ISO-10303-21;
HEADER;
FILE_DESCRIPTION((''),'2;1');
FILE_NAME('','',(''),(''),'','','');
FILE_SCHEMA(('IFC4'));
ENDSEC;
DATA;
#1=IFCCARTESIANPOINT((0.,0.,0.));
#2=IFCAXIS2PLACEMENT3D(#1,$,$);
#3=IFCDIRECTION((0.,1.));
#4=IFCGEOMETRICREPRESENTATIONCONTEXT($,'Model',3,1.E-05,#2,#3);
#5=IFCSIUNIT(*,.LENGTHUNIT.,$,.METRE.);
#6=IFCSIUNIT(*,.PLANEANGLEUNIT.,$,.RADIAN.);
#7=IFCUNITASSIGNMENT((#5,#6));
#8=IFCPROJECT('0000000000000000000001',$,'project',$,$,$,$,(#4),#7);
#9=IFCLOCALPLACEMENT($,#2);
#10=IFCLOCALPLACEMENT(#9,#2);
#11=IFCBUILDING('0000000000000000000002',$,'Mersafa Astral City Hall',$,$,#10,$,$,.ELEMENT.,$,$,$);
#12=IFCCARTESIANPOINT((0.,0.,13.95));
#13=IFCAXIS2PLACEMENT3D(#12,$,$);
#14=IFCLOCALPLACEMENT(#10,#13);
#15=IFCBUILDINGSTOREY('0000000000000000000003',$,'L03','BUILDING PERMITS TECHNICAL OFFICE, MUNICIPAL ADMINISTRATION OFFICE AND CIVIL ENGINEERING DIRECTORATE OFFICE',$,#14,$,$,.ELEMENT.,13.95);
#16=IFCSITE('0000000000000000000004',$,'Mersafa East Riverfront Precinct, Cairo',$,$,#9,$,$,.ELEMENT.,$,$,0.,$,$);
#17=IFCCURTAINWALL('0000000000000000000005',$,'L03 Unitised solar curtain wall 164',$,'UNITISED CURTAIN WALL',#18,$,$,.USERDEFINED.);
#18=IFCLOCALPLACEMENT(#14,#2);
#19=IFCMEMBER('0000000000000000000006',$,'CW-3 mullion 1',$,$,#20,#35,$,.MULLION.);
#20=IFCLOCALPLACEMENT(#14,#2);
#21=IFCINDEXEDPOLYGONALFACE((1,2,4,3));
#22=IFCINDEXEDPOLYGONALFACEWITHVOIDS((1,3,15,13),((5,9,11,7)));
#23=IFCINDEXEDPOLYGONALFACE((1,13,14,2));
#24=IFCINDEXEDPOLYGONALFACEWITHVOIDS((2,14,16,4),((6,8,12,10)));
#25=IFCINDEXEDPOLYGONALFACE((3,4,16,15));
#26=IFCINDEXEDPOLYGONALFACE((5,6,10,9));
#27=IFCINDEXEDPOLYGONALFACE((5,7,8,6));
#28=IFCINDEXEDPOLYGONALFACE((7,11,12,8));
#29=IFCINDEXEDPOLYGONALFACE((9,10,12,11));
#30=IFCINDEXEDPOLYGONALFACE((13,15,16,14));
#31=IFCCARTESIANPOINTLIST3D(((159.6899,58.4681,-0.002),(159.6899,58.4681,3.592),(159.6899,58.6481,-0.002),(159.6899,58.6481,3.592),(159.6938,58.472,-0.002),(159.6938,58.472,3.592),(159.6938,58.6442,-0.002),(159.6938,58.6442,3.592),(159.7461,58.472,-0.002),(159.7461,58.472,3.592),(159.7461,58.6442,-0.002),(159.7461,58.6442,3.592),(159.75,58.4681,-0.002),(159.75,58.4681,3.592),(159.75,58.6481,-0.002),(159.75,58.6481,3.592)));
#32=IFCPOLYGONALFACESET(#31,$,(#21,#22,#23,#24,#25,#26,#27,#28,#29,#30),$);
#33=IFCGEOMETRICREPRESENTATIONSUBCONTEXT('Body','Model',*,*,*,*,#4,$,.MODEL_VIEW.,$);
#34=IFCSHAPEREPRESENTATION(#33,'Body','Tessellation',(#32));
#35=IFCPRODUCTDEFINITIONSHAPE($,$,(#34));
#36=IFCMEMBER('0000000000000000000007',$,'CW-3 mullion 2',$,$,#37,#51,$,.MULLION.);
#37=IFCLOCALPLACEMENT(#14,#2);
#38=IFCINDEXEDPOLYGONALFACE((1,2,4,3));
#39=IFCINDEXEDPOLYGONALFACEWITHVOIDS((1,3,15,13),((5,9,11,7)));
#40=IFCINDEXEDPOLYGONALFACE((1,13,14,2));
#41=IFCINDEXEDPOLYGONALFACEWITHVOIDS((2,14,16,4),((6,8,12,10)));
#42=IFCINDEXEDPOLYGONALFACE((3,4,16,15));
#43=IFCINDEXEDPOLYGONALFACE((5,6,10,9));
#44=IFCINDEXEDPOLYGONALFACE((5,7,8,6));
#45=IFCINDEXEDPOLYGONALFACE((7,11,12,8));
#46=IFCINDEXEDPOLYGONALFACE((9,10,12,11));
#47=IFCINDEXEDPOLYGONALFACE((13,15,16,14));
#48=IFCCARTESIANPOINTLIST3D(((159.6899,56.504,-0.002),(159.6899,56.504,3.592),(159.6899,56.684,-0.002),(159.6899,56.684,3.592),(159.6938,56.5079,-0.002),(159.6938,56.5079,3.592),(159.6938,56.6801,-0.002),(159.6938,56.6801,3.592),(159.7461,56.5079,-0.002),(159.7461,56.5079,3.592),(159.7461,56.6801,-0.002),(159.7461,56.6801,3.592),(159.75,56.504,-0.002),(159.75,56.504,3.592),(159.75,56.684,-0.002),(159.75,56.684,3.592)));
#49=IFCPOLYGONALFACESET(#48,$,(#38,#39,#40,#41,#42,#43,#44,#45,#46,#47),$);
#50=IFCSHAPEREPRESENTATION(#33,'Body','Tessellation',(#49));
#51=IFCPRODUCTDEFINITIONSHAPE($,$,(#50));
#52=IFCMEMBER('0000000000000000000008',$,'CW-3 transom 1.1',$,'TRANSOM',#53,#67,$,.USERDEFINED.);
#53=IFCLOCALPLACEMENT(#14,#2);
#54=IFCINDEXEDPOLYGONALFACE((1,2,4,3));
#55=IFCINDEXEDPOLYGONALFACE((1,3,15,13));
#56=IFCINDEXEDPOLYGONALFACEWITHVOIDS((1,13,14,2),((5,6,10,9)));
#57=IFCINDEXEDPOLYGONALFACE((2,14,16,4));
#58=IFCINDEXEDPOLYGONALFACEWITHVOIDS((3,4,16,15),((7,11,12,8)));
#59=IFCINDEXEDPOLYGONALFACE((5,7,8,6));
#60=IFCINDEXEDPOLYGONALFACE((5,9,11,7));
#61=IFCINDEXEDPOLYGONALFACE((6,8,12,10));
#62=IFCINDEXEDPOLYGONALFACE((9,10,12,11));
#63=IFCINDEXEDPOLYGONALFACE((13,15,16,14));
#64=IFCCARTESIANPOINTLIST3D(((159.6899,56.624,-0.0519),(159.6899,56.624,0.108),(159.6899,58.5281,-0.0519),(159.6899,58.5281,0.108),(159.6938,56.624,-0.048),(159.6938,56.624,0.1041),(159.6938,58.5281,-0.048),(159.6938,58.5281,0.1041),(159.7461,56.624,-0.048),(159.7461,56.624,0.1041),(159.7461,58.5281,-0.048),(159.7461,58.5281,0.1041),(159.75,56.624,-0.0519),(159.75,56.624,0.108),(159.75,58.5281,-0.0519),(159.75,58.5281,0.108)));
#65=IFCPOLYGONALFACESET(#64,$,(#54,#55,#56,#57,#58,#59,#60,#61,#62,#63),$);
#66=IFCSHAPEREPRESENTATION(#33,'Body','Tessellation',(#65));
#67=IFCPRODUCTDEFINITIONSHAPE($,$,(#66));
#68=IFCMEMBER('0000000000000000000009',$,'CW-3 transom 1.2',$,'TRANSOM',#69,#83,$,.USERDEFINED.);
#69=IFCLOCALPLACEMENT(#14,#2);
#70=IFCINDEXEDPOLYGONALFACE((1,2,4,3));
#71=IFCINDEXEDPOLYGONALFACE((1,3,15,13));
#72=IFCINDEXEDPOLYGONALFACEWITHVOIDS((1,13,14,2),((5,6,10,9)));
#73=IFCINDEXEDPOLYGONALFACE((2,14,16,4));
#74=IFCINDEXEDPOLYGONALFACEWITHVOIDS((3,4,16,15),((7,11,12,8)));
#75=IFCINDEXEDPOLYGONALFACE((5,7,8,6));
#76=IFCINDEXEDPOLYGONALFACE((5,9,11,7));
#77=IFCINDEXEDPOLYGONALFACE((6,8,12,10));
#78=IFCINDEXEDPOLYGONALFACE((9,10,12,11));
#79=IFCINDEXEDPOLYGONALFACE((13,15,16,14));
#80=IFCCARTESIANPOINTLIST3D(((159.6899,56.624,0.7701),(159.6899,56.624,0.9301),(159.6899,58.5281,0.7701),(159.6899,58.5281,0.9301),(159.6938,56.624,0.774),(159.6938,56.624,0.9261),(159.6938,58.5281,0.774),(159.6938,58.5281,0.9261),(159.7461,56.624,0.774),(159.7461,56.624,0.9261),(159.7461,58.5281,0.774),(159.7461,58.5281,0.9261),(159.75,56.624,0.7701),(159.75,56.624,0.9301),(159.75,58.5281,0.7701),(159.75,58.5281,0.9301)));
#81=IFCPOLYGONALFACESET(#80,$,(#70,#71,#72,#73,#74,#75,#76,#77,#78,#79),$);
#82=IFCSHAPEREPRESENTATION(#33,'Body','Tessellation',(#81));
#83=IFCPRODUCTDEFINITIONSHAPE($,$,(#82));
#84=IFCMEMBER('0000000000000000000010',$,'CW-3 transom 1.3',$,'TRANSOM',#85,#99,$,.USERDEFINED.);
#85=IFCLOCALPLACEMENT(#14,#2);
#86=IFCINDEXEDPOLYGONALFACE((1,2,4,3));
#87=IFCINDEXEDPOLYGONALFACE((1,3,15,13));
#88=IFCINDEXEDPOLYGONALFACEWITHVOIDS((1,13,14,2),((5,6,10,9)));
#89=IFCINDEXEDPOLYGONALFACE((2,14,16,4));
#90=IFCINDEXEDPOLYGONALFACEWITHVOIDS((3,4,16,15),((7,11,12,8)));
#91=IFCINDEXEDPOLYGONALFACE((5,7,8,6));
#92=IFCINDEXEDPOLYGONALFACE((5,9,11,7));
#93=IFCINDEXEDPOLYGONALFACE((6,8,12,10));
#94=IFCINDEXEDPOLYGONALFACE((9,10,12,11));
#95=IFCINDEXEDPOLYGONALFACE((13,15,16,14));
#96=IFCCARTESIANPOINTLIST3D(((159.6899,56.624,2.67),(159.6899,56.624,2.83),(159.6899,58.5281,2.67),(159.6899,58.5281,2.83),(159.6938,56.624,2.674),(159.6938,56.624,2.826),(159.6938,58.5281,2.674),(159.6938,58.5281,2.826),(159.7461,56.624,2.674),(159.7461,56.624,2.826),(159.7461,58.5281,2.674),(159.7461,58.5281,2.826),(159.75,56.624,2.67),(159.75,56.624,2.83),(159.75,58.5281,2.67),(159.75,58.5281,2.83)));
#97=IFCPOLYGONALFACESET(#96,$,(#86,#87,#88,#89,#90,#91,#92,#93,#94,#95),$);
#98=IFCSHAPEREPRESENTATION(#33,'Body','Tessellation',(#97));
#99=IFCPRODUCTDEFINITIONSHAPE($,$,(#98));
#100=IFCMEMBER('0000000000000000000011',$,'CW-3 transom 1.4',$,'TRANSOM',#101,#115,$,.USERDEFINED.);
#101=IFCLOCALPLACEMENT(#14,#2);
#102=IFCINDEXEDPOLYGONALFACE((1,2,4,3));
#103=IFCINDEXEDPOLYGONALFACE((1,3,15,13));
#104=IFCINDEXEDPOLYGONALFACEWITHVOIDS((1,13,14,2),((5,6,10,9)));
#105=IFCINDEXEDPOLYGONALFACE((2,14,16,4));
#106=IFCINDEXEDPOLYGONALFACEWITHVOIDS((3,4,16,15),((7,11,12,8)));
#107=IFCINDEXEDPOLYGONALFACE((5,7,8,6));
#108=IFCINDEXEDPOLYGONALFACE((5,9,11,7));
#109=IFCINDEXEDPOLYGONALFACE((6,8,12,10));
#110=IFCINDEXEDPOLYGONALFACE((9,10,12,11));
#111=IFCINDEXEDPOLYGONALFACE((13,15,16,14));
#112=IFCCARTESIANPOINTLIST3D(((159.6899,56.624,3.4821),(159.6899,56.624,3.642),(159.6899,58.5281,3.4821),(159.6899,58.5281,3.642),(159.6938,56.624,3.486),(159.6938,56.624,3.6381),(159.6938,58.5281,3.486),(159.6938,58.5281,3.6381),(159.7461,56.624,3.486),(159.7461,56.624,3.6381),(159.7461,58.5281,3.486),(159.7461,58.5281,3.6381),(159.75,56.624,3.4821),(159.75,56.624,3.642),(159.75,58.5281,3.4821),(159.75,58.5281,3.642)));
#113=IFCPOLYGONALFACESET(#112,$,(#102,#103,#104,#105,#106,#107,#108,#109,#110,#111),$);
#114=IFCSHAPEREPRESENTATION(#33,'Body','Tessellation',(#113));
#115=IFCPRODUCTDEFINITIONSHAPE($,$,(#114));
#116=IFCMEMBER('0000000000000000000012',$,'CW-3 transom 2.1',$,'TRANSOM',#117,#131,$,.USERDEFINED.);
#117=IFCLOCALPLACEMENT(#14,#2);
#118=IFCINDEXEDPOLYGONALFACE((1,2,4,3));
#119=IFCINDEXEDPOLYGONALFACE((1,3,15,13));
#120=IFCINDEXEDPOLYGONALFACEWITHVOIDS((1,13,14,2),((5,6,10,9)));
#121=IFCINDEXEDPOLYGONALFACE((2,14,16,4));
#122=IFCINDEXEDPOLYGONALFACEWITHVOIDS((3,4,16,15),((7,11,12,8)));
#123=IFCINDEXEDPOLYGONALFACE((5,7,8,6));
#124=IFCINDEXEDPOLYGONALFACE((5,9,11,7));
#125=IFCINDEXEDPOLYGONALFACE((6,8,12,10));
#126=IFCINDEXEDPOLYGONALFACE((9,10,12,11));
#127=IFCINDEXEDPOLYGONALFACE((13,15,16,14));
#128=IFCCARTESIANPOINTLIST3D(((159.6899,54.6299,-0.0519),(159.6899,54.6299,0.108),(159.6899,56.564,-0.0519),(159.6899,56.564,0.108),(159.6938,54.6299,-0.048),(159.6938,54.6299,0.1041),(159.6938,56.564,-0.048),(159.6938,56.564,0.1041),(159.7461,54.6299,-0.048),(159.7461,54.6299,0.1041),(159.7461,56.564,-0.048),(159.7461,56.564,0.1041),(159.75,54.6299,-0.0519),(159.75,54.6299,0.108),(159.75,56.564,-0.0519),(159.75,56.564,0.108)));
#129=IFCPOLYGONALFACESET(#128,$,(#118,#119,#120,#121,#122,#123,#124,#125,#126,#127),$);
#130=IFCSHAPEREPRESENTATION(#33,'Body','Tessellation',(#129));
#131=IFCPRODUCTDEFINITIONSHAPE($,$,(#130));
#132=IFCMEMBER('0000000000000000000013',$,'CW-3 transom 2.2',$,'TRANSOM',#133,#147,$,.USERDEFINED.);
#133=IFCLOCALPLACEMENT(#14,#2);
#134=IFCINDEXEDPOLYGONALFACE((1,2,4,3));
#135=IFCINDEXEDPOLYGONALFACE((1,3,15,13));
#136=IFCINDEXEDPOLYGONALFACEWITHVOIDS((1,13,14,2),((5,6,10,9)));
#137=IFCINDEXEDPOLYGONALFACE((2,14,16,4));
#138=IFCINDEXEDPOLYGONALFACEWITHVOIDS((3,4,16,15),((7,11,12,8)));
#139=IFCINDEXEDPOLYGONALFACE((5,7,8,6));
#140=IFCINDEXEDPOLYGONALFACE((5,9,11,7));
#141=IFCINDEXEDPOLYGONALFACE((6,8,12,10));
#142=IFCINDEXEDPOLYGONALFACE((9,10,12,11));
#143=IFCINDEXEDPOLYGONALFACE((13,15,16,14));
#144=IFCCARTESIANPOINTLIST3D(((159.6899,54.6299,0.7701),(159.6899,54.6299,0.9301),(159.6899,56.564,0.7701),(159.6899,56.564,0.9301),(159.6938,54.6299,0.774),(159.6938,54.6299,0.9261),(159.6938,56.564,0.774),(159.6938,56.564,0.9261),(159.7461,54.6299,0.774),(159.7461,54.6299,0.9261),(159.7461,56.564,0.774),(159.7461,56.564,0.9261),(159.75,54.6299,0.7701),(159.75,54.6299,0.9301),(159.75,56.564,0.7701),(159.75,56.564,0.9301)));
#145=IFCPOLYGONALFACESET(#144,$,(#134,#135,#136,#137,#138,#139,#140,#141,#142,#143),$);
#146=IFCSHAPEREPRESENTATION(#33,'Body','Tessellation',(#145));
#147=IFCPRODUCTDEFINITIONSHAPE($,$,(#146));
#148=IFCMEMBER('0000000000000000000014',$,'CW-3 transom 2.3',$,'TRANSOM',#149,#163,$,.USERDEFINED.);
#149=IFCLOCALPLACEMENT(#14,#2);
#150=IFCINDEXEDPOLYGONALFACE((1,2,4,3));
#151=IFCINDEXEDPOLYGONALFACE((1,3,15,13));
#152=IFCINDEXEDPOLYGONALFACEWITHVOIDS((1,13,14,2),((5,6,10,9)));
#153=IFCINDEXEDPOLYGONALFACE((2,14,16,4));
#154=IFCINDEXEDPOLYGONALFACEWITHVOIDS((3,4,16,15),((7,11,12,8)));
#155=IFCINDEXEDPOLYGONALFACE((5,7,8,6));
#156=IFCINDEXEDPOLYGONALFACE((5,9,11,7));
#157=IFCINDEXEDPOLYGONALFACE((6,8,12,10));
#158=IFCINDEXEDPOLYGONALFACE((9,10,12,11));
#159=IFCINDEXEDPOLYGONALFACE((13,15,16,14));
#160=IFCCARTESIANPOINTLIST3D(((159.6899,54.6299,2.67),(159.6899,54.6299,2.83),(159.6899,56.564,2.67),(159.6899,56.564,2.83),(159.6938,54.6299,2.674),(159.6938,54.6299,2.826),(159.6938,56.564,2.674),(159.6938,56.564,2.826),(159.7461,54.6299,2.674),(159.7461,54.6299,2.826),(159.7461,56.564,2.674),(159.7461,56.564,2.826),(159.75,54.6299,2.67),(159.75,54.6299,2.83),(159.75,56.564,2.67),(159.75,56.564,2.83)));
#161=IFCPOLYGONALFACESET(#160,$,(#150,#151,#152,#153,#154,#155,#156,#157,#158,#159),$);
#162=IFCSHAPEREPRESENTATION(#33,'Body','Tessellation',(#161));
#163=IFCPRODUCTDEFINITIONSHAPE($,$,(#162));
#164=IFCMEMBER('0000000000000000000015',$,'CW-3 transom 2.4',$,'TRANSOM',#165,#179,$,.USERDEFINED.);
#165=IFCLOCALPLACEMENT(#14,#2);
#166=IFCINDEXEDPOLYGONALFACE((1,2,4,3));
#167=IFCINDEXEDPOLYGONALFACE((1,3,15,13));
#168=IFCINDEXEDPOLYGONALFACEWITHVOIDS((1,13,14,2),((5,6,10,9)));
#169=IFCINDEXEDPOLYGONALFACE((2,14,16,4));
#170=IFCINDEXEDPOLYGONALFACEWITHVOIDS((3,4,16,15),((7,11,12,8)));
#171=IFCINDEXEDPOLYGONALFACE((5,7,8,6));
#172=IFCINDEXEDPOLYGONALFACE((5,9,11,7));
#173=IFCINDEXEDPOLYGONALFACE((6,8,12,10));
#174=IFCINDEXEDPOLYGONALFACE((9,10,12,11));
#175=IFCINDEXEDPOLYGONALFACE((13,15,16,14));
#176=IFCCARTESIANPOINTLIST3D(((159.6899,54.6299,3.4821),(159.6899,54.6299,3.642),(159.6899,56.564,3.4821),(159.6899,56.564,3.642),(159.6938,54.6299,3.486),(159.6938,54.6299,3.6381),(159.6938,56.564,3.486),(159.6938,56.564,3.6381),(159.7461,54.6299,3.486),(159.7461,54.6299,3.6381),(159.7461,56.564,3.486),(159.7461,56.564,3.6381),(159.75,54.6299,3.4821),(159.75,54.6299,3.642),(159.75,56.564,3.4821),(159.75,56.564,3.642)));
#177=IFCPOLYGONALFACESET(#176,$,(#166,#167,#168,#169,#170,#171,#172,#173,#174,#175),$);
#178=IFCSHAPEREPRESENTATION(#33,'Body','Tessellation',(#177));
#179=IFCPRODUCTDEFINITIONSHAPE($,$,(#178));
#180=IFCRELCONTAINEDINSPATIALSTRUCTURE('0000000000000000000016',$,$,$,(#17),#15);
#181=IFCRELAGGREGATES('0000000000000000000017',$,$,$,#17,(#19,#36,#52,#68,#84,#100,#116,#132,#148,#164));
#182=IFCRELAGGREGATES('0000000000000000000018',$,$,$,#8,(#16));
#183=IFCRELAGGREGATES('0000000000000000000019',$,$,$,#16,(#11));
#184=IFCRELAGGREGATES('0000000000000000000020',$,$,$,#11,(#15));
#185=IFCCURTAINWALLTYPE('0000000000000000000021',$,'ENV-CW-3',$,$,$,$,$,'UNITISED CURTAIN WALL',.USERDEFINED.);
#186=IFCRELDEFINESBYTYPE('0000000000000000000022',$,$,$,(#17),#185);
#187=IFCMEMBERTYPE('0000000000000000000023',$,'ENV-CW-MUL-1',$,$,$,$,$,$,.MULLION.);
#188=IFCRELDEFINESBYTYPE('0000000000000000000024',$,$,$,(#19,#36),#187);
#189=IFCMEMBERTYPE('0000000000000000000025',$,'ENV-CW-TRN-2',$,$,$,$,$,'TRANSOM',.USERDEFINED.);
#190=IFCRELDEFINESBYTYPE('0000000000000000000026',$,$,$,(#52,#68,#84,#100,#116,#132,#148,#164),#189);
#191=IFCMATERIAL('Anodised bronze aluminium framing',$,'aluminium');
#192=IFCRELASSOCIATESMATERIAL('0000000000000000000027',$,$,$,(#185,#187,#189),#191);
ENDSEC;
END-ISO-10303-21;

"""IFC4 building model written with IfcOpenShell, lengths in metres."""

from ifc_helpers import new_model, si_unit, direction, frame, origin, origin_2d, place, context, subcontext, project, spatial, hollow_rectangle, extrude, material, material_profile, profile_set, type_object, element, aggregate, save


model = new_model("IFC4")

# Units and contexts
model_context = context("Model", 3, precision=1e-05, world=origin(), true_north=direction((0.0, 1.0)))
body_context = subcontext(model_context, "Body", "Model", "MODEL_VIEW")
ifc_project = project(units=[si_unit("LENGTHUNIT", "METRE"), si_unit("PLANEANGLEUNIT", "RADIAN")], contexts=[model_context])

# Site, building, storey
site_placement = place(None, origin())
site = spatial("IfcSite", under=ifc_project, at=site_placement, Name="Mersafa East Riverfront Precinct, Cairo", CompositionType="ELEMENT", RefElevation=0.0)
building_placement = place(site_placement, origin())
building = spatial("IfcBuilding", under=site, at=building_placement, Name="Mersafa Astral City Hall", CompositionType="ELEMENT")
storey_placement = place(building_placement, frame((0.0, 0.0, 13.95)))
storey = spatial("IfcBuildingStorey", under=building, at=storey_placement, Name="L03", Description="BUILDING PERMITS TECHNICAL OFFICE, MUNICIPAL ADMINISTRATION OFFICE AND CIVIL ENGINEERING DIRECTORATE OFFICE", CompositionType="ELEMENT", Elevation=13.95)

# Curtain wall, members
ifc_material_1 = material(Name="Anodised bronze aluminium framing", Category="aluminium")
curtain_wall_type = type_object("IfcCurtainWallType", Name="ENV-CW-3", ElementType="UNITISED CURTAIN WALL", PredefinedType="USERDEFINED", material=ifc_material_1)
curtain_wall_placement = place(storey_placement, origin())
curtain_wall = element("IfcCurtainWall", 1, at=curtain_wall_placement, inside=storey, type_object=curtain_wall_type, Name="L03 Unitised solar curtain wall 164", ObjectType="UNITISED CURTAIN WALL", PredefinedType="USERDEFINED")
ifc_material_profile_1 = material_profile(ifc_material_1, hollow_rectangle(XDim=0.0601, YDim=0.1799, WallThickness=0.0039, at=origin_2d()), Name="RHS 60x180x4")
ifc_profile_set_1 = profile_set([ifc_material_profile_1], Name="Anodised bronze aluminium framing")
member_type_1 = type_object("IfcMemberType", Name="ENV-CW-MUL-1", PredefinedType="MULLION", material=ifc_profile_set_1)
member_1_placement = place(storey_placement, frame((159.72, 58.5581, -0.002), z_axis=(0.0, 0.0, 1.0), x_axis=(1.0, 0.0, 0.0)))
member_1 = element("IfcMember", 2, at=member_1_placement, type_object=member_type_1, Name="CW-3 mullion 1", PredefinedType="MULLION", context=body_context, shape_type="SweptSolid", body=[
    extrude(hollow_rectangle(XDim=0.0601, YDim=0.1799, WallThickness=0.0039, at=origin_2d()), origin(), (0.0, 0.0, 1.0), 3.594),
])
member_2_placement = place(storey_placement, frame((159.72, 56.594, -0.002), z_axis=(0.0, 0.0, 1.0), x_axis=(1.0, 0.0, 0.0)))
member_2 = element("IfcMember", 3, at=member_2_placement, type_object=member_type_1, Name="CW-3 mullion 2", PredefinedType="MULLION", context=body_context, shape_type="SweptSolid", body=[
    extrude(hollow_rectangle(XDim=0.0601, YDim=0.1799, WallThickness=0.0039, at=origin_2d()), origin(), (0.0, 0.0, 1.0), 3.594),
])
ifc_material_profile_2 = material_profile(ifc_material_1, hollow_rectangle(XDim=0.0601, YDim=0.1599, WallThickness=0.0039, at=origin_2d()), Name="RHS 60x160x4")
ifc_profile_set_2 = profile_set([ifc_material_profile_2], Name="Anodised bronze aluminium framing")
member_type_2 = type_object("IfcMemberType", Name="ENV-CW-TRN-2", ElementType="TRANSOM", PredefinedType="USERDEFINED", material=ifc_profile_set_2)
member_3_placement = place(storey_placement, frame((159.72, 58.5281, 0.0281), z_axis=(0.0, -1.0, 0.0), x_axis=(1.0, 0.0, 0.0)))
member_3 = element("IfcMember", 4, at=member_3_placement, type_object=member_type_2, Name="CW-3 transom 1.1", ObjectType="TRANSOM", PredefinedType="USERDEFINED", context=body_context, shape_type="SweptSolid", body=[
    extrude(hollow_rectangle(XDim=0.0601, YDim=0.1599, WallThickness=0.0039, at=origin_2d()), origin(), (0.0, 0.0, 1.0), 1.9041),
])
member_4_placement = place(storey_placement, frame((159.72, 58.5281, 0.8501), z_axis=(0.0, -1.0, 0.0), x_axis=(1.0, 0.0, 0.0)))
member_4 = element("IfcMember", 5, at=member_4_placement, type_object=member_type_2, Name="CW-3 transom 1.2", ObjectType="TRANSOM", PredefinedType="USERDEFINED", context=body_context, shape_type="SweptSolid", body=[
    extrude(hollow_rectangle(XDim=0.0601, YDim=0.1599, WallThickness=0.0039, at=origin_2d()), origin(), (0.0, 0.0, 1.0), 1.9041),
])
member_5_placement = place(storey_placement, frame((159.72, 58.5281, 2.75), z_axis=(0.0, -1.0, 0.0), x_axis=(1.0, 0.0, 0.0)))
member_5 = element("IfcMember", 6, at=member_5_placement, type_object=member_type_2, Name="CW-3 transom 1.3", ObjectType="TRANSOM", PredefinedType="USERDEFINED", context=body_context, shape_type="SweptSolid", body=[
    extrude(hollow_rectangle(XDim=0.0601, YDim=0.1599, WallThickness=0.0039, at=origin_2d()), origin(), (0.0, 0.0, 1.0), 1.9041),
])
member_6_placement = place(storey_placement, frame((159.72, 58.5281, 3.562), z_axis=(0.0, -1.0, 0.0), x_axis=(1.0, 0.0, 0.0)))
member_6 = element("IfcMember", 7, at=member_6_placement, type_object=member_type_2, Name="CW-3 transom 1.4", ObjectType="TRANSOM", PredefinedType="USERDEFINED", context=body_context, shape_type="SweptSolid", body=[
    extrude(hollow_rectangle(XDim=0.0601, YDim=0.1599, WallThickness=0.0039, at=origin_2d()), origin(), (0.0, 0.0, 1.0), 1.9041),
])
member_7_placement = place(storey_placement, frame((159.72, 56.564, 0.0281), z_axis=(0.0, -1.0, 0.0), x_axis=(1.0, 0.0, 0.0)))
member_7 = element("IfcMember", 8, at=member_7_placement, type_object=member_type_2, Name="CW-3 transom 2.1", ObjectType="TRANSOM", PredefinedType="USERDEFINED", context=body_context, shape_type="SweptSolid", body=[
    extrude(hollow_rectangle(XDim=0.0601, YDim=0.1599, WallThickness=0.0039, at=origin_2d()), origin(), (0.0, 0.0, 1.0), 1.9341),
])
member_8_placement = place(storey_placement, frame((159.72, 56.564, 0.8501), z_axis=(0.0, -1.0, 0.0), x_axis=(1.0, 0.0, 0.0)))
member_8 = element("IfcMember", 9, at=member_8_placement, type_object=member_type_2, Name="CW-3 transom 2.2", ObjectType="TRANSOM", PredefinedType="USERDEFINED", context=body_context, shape_type="SweptSolid", body=[
    extrude(hollow_rectangle(XDim=0.0601, YDim=0.1599, WallThickness=0.0039, at=origin_2d()), origin(), (0.0, 0.0, 1.0), 1.9341),
])
member_9_placement = place(storey_placement, frame((159.72, 56.564, 2.75), z_axis=(0.0, -1.0, 0.0), x_axis=(1.0, 0.0, 0.0)))
member_9 = element("IfcMember", 10, at=member_9_placement, type_object=member_type_2, Name="CW-3 transom 2.3", ObjectType="TRANSOM", PredefinedType="USERDEFINED", context=body_context, shape_type="SweptSolid", body=[
    extrude(hollow_rectangle(XDim=0.0601, YDim=0.1599, WallThickness=0.0039, at=origin_2d()), origin(), (0.0, 0.0, 1.0), 1.9341),
])
member_10_placement = place(storey_placement, frame((159.72, 56.564, 3.562), z_axis=(0.0, -1.0, 0.0), x_axis=(1.0, 0.0, 0.0)))
member_10 = element("IfcMember", 11, at=member_10_placement, type_object=member_type_2, Name="CW-3 transom 2.4", ObjectType="TRANSOM", PredefinedType="USERDEFINED", context=body_context, shape_type="SweptSolid", body=[
    extrude(hollow_rectangle(XDim=0.0601, YDim=0.1599, WallThickness=0.0039, at=origin_2d()), origin(), (0.0, 0.0, 1.0), 1.9341),
])

aggregate(curtain_wall, [member_1, member_2, member_3, member_4, member_5, member_6, member_7, member_8, member_9, member_10])

save(model, "model.ifc")
